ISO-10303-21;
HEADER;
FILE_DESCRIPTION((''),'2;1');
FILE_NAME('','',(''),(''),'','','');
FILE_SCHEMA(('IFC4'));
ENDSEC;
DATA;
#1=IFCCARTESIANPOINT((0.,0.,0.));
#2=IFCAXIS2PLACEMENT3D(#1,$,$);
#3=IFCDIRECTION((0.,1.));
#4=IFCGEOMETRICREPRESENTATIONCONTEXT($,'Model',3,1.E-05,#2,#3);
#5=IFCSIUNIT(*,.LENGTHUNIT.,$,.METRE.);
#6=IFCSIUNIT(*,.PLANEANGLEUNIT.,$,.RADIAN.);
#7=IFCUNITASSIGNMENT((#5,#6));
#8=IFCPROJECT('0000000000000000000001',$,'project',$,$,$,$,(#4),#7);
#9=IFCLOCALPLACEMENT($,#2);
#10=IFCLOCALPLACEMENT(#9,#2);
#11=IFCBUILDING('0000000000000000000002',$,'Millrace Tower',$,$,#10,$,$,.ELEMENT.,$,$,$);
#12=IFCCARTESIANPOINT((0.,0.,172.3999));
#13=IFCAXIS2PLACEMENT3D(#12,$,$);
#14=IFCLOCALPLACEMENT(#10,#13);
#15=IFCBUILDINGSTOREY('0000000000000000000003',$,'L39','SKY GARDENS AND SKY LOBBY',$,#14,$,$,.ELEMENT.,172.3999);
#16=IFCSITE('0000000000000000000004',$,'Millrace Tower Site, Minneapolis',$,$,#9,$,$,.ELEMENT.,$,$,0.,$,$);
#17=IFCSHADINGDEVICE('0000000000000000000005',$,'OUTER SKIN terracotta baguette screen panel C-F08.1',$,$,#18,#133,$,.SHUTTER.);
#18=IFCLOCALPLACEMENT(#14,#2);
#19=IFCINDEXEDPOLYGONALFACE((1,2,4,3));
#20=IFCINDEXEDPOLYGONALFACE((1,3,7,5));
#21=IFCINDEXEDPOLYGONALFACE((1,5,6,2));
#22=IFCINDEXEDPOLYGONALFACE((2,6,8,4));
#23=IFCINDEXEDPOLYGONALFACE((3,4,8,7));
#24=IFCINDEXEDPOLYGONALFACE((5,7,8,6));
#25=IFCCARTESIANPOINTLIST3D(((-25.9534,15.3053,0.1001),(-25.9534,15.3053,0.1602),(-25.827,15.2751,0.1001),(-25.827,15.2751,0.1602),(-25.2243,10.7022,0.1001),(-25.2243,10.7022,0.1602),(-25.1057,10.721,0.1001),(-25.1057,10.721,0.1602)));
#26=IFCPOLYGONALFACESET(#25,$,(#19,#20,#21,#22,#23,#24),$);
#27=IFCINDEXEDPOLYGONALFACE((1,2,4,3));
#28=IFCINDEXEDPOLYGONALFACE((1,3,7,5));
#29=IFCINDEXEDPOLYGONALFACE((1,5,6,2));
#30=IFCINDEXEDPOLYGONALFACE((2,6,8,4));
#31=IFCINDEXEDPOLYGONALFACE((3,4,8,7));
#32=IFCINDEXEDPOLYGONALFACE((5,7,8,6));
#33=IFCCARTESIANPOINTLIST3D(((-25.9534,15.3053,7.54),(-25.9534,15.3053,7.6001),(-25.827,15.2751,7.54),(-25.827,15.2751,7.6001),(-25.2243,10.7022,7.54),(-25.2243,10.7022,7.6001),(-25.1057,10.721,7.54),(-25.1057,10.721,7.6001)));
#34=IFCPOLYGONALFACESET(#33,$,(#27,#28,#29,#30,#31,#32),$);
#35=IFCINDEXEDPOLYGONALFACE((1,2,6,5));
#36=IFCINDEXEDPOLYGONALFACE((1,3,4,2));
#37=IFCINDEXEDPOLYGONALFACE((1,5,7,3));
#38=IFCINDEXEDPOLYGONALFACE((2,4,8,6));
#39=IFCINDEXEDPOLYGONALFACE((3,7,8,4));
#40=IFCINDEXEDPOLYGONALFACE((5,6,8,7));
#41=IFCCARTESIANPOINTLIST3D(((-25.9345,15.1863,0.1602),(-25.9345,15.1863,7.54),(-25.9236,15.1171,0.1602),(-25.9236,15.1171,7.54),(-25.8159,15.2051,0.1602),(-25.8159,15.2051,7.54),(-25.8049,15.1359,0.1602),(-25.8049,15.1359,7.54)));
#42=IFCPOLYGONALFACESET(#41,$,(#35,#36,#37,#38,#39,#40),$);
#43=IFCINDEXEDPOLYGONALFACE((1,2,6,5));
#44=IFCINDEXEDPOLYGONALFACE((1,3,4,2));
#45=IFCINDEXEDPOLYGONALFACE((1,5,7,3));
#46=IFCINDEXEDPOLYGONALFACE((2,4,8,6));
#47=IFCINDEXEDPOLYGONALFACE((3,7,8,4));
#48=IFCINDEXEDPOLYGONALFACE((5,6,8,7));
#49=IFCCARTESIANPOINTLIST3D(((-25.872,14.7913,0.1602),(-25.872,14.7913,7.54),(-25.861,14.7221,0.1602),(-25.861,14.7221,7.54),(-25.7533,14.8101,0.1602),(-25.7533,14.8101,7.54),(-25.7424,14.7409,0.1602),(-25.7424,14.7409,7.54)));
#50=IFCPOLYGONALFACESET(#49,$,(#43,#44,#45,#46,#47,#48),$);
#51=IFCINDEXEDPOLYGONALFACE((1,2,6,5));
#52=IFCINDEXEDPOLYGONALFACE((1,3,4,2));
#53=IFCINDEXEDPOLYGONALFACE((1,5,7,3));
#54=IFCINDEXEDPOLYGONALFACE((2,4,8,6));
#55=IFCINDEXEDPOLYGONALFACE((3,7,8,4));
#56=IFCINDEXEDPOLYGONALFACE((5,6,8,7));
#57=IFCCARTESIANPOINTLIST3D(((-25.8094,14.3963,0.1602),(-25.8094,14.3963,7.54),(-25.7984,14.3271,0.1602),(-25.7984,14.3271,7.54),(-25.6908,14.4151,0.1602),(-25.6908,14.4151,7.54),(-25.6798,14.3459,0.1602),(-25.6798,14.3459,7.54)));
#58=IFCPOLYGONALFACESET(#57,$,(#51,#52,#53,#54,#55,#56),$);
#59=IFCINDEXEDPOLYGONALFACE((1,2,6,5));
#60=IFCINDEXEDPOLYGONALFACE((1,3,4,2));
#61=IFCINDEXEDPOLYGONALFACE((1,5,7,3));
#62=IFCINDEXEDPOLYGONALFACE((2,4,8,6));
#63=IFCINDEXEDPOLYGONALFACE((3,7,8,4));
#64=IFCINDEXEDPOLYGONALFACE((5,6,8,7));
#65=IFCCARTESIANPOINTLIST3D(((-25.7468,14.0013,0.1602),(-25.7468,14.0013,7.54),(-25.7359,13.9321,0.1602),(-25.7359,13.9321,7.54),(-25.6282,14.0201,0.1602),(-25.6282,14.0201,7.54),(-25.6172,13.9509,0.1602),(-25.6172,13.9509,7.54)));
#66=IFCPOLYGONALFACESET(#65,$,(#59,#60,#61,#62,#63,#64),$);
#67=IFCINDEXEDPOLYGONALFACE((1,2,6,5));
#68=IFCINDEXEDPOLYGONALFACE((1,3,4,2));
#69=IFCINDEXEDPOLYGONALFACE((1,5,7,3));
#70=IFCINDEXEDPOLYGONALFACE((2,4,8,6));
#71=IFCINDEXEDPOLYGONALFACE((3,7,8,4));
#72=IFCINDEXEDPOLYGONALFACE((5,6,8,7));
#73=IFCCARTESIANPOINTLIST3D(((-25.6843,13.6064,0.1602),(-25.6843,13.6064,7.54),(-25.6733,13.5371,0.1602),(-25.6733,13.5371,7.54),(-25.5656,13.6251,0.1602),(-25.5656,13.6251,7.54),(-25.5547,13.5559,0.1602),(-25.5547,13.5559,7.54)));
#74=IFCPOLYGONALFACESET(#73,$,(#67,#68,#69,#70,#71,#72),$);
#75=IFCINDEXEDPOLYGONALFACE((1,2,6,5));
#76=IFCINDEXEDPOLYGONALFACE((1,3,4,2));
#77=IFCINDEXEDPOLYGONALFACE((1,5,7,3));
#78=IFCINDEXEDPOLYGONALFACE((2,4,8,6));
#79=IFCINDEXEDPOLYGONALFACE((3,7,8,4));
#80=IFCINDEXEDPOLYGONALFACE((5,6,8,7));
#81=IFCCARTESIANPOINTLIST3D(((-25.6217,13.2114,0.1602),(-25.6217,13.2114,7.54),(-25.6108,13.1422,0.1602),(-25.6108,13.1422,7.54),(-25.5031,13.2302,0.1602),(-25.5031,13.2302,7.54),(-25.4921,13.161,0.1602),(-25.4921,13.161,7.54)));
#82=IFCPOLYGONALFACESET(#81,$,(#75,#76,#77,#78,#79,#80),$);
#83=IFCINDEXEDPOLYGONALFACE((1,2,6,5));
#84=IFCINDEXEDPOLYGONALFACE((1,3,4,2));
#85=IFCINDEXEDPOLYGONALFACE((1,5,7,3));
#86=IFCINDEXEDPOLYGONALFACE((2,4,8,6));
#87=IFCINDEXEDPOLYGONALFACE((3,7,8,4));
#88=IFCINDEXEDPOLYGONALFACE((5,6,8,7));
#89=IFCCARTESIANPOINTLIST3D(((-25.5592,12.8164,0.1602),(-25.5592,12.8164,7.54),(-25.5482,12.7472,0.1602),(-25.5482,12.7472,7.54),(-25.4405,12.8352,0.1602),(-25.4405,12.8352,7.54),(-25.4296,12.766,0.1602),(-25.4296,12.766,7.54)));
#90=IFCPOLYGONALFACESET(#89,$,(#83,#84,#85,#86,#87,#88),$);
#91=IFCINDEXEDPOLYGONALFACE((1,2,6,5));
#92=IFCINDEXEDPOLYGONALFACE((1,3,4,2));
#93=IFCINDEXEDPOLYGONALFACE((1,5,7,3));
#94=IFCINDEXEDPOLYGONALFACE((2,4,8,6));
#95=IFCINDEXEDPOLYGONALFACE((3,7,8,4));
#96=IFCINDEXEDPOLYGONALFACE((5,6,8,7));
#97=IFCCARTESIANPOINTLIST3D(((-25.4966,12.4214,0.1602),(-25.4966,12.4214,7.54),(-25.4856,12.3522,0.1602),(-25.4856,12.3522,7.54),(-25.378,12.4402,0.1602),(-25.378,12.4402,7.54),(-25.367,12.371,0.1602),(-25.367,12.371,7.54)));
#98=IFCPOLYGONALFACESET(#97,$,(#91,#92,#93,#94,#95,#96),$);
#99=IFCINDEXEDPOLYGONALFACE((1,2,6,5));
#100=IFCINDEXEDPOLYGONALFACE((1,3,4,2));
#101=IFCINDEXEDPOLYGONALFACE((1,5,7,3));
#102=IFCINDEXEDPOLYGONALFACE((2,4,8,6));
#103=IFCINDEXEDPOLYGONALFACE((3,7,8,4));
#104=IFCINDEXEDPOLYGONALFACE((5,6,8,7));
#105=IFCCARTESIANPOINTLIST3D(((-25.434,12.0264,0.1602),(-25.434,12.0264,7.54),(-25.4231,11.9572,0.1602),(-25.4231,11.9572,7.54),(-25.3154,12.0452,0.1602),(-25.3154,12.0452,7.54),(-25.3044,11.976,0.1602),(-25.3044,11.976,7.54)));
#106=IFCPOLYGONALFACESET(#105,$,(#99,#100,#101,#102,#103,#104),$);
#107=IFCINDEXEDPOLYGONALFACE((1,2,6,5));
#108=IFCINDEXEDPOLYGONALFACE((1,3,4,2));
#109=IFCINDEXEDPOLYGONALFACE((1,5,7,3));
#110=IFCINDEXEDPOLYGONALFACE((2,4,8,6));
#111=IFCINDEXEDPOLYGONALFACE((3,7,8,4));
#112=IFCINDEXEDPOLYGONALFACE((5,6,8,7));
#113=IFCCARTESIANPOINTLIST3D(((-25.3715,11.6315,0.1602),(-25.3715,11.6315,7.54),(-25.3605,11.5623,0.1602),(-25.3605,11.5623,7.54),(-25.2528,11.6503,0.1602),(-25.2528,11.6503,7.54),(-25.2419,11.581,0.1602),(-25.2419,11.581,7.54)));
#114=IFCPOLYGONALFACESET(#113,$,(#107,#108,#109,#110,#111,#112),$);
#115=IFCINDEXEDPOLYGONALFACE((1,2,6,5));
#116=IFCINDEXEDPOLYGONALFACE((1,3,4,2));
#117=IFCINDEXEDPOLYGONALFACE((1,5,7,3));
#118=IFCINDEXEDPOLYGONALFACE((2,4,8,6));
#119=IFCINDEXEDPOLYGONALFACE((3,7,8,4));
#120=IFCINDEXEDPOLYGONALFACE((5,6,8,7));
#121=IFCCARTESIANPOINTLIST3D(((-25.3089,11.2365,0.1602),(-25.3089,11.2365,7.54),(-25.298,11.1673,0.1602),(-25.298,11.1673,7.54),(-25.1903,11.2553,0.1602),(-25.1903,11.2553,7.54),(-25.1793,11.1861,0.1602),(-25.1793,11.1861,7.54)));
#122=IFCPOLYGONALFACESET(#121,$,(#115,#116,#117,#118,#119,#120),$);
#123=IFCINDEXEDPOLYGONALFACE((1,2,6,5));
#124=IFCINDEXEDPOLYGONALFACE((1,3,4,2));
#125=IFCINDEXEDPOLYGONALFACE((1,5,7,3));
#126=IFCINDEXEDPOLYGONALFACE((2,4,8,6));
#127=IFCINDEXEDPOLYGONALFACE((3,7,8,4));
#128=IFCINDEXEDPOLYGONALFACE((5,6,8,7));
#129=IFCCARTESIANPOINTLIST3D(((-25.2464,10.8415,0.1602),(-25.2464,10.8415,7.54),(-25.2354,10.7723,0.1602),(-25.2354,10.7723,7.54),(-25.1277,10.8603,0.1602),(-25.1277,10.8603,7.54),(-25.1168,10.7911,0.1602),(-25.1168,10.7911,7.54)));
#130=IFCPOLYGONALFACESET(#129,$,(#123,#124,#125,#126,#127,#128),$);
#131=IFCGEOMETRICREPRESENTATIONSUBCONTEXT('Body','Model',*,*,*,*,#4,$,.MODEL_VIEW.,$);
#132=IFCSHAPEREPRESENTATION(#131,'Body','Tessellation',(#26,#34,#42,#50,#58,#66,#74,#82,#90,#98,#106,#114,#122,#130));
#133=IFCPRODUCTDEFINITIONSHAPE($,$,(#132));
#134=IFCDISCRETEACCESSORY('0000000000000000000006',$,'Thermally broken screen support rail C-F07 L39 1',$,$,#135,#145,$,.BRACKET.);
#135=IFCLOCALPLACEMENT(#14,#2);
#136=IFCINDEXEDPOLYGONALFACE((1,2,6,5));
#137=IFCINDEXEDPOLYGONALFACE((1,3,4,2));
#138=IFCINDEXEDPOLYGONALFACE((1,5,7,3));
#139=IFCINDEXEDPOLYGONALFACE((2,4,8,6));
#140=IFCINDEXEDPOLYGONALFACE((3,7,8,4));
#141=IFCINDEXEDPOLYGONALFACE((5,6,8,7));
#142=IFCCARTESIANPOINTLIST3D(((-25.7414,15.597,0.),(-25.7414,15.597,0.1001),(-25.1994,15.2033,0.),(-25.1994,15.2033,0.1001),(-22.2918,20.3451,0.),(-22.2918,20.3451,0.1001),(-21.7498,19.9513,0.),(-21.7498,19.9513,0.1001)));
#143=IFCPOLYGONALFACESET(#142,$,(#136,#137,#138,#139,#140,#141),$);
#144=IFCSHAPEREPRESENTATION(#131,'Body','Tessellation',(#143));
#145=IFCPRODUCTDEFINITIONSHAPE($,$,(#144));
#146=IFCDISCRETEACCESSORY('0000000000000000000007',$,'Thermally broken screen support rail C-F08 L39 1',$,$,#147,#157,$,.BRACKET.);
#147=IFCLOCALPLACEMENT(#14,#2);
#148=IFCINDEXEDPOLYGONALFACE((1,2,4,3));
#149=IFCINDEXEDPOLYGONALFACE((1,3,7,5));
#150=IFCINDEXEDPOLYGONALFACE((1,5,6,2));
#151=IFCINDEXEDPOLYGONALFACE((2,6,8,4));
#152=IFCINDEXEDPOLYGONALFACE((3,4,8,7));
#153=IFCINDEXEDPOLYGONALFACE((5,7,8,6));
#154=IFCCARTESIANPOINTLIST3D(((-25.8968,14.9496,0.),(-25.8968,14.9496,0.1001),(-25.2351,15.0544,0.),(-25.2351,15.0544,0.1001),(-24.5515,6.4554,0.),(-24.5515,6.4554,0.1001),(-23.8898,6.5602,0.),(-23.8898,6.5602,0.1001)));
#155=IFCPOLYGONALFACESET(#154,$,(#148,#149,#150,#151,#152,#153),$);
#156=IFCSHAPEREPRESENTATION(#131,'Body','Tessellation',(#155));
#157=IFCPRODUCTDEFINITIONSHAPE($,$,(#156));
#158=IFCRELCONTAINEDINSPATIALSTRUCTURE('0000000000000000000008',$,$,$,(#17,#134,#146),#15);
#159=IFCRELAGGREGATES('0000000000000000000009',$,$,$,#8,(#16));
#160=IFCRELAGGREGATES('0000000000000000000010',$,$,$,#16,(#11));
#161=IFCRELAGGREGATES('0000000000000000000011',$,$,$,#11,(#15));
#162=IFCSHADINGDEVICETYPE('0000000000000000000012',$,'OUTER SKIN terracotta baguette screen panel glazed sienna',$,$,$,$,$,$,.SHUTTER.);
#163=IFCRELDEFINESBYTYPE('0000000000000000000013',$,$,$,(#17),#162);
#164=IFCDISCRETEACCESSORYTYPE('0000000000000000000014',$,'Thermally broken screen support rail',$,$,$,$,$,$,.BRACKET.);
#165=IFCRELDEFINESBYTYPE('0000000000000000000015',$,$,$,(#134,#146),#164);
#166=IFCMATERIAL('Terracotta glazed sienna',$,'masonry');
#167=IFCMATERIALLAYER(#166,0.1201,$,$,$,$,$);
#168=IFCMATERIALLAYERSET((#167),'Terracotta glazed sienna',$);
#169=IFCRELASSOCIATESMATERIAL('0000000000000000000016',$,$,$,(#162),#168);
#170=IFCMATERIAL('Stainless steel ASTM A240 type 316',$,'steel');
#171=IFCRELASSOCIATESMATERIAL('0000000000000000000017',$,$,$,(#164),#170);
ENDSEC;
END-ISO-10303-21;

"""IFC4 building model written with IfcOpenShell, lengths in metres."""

from ifc_helpers import new_model, entity, si_unit, direction, frame, frame_2d, origin, origin_2d, place, context, subcontext, project, spatial, rectangle, extrude, source, transform, mapped, material, layer, layer_set, type_object, element, save


model = new_model("IFC4")

# Units and contexts
model_context = context("Model", 3, precision=1e-05, world=origin(), true_north=direction((0.0, 1.0)))
body_context = subcontext(model_context, "Body", "Model", "MODEL_VIEW")
ifc_project = project(units=[si_unit("LENGTHUNIT", "METRE"), si_unit("PLANEANGLEUNIT", "RADIAN")], contexts=[model_context])

# Site, building, storey
site_placement = place(None, origin())
site = spatial("IfcSite", under=ifc_project, at=site_placement, Name="Millrace Tower Site, Minneapolis", CompositionType="ELEMENT", RefElevation=0.0)
building_placement = place(site_placement, origin())
building = spatial("IfcBuilding", under=site, at=building_placement, Name="Millrace Tower", CompositionType="ELEMENT")
storey_placement = place(building_placement, frame((0.0, 0.0, 172.3999)))
storey = spatial("IfcBuildingStorey", under=building, at=storey_placement, Name="L39", Description="SKY GARDENS AND SKY LOBBY", CompositionType="ELEMENT", Elevation=172.3999)

# Shading device
ifc_material_1 = material(Name="Terracotta glazed sienna", Category="masonry")
ifc_layer_1 = layer(ifc_material_1, 0.1201)
ifc_layer_set_1 = layer_set([ifc_layer_1], Name="Terracotta glazed sienna")
shading_device_type = type_object("IfcShadingDeviceType", Name="OUTER SKIN terracotta baguette screen panel glazed sienna", PredefinedType="SHUTTER", material=ifc_layer_set_1)
cartesian_point_1 = entity("IfcCartesianPoint", [-2.293, 0.0601])
shared_polyline_1 = entity("IfcPolyline", [cartesian_point_1, entity("IfcCartesianPoint", [2.3179, 0.0601]), entity("IfcCartesianPoint", [2.3179, -0.0601]), entity("IfcCartesianPoint", [-2.3425, -0.0601]), cartesian_point_1])
shared_shape_1 = source(origin(), body_context, "Body", "SweptSolid", [
    entity("IfcExtrudedAreaSolid", entity("IfcArbitraryClosedProfileDef", "AREA", None, shared_polyline_1), entity("IfcAxis2Placement3D", entity("IfcCartesianPoint", [0.0, 0.0, 0.0])), entity("IfcDirection", [0.0, 0.0, 1.0]), 0.0601),
    entity("IfcExtrudedAreaSolid", entity("IfcArbitraryClosedProfileDef", "AREA", None, shared_polyline_1), entity("IfcAxis2Placement3D", entity("IfcCartesianPoint", [0.0, 0.0, 7.4399])), entity("IfcDirection", [0.0, 0.0, 1.0]), 0.0601),
    extrude(rectangle(XDim=0.0701, YDim=0.1201, at=frame_2d((-2.187, 0.0))), frame((0.0, 0.0, 0.0601)), (0.0, 0.0, 1.0), 7.3799),
    extrude(rectangle(XDim=0.0701, YDim=0.1201, at=frame_2d((-1.7871, 0.0))), frame((0.0, 0.0, 0.0601)), (0.0, 0.0, 1.0), 7.3799),
    extrude(rectangle(XDim=0.0701, YDim=0.1201, at=frame_2d((-1.3872, 0.0))), frame((0.0, 0.0, 0.0601)), (0.0, 0.0, 1.0), 7.3799),
    extrude(rectangle(XDim=0.0701, YDim=0.1201, at=frame_2d((-0.9873, 0.0))), frame((0.0, 0.0, 0.0601)), (0.0, 0.0, 1.0), 7.3799),
    extrude(rectangle(XDim=0.0701, YDim=0.1201, at=frame_2d((-0.5874, 0.0))), frame((0.0, 0.0, 0.0601)), (0.0, 0.0, 1.0), 7.3799),
    extrude(rectangle(XDim=0.0701, YDim=0.1201, at=frame_2d((-0.1875, 0.0))), frame((0.0, 0.0, 0.0601)), (0.0, 0.0, 1.0), 7.3799),
    extrude(rectangle(XDim=0.0701, YDim=0.1201, at=frame_2d((0.2124, 0.0))), frame((0.0, 0.0, 0.0601)), (0.0, 0.0, 1.0), 7.3799),
    extrude(rectangle(XDim=0.0701, YDim=0.1201, at=frame_2d((0.6123, 0.0))), frame((0.0, 0.0, 0.0601)), (0.0, 0.0, 1.0), 7.3799),
    extrude(rectangle(XDim=0.0701, YDim=0.1201, at=frame_2d((1.0122, 0.0))), frame((0.0, 0.0, 0.0601)), (0.0, 0.0, 1.0), 7.3799),
    extrude(rectangle(XDim=0.0701, YDim=0.1201, at=frame_2d((1.4121, 0.0))), frame((0.0, 0.0, 0.0601)), (0.0, 0.0, 1.0), 7.3799),
    extrude(rectangle(XDim=0.0701, YDim=0.1201, at=frame_2d((1.812, 0.0))), frame((0.0, 0.0, 0.0601)), (0.0, 0.0, 1.0), 7.3799),
    extrude(rectangle(XDim=0.0701, YDim=0.1201, at=frame_2d((2.2119, 0.0))), frame((0.0, 0.0, 0.0601)), (0.0, 0.0, 1.0), 7.3799),
])
shading_device_1_placement = place(storey_placement, frame((-25.5276, 13.001, 0.1001), z_axis=(0.0, 0.0, 1.0), x_axis=(0.156434, -0.987688, 0.0)))
element("IfcShadingDevice", 1, at=shading_device_1_placement, inside=storey, type_object=shading_device_type, Name="OUTER SKIN terracotta baguette screen panel C-F08.1", PredefinedType="SHUTTER", context=body_context, shape_type="MappedRepresentation", body=[
    mapped(shared_shape_1, transform((0.0, 0.0, 0.0), scale=1.0)),
])

# Discrete accessories
ifc_material_2 = material(Name="Stainless steel ASTM A240 type 316", Category="steel")
discrete_accessory_type = type_object("IfcDiscreteAccessoryType", Name="Thermally broken screen support rail", PredefinedType="BRACKET", material=ifc_material_2)
discrete_accessory_1_placement = place(storey_placement, frame((-23.7456, 17.7742, 0.0), z_axis=(0.0, 0.0, 1.0), x_axis=(-0.587785, -0.809017, 0.0)))
element("IfcDiscreteAccessory", 2, at=discrete_accessory_1_placement, inside=storey, type_object=discrete_accessory_type, Name="Thermally broken screen support rail C-F07 L39 1", PredefinedType="BRACKET", context=body_context, shape_type="SweptSolid", body=[
    extrude(rectangle(XDim=5.8689, YDim=0.6699, at=origin_2d()), origin(), (0.0, 0.0, 1.0), 0.1001),
])
discrete_accessory_2_placement = place(storey_placement, frame((-24.8933, 10.7549, 0.0), z_axis=(0.0, 0.0, 1.0), x_axis=(0.156434, -0.987688, 0.0)))
element("IfcDiscreteAccessory", 3, at=discrete_accessory_2_placement, inside=storey, type_object=discrete_accessory_type, Name="Thermally broken screen support rail C-F08 L39 1", PredefinedType="BRACKET", context=body_context, shape_type="SweptSolid", body=[
    extrude(rectangle(XDim=8.6001, YDim=0.6699, at=origin_2d()), origin(), (0.0, 0.0, 1.0), 0.1001),
])

save(model, "model.ifc")
